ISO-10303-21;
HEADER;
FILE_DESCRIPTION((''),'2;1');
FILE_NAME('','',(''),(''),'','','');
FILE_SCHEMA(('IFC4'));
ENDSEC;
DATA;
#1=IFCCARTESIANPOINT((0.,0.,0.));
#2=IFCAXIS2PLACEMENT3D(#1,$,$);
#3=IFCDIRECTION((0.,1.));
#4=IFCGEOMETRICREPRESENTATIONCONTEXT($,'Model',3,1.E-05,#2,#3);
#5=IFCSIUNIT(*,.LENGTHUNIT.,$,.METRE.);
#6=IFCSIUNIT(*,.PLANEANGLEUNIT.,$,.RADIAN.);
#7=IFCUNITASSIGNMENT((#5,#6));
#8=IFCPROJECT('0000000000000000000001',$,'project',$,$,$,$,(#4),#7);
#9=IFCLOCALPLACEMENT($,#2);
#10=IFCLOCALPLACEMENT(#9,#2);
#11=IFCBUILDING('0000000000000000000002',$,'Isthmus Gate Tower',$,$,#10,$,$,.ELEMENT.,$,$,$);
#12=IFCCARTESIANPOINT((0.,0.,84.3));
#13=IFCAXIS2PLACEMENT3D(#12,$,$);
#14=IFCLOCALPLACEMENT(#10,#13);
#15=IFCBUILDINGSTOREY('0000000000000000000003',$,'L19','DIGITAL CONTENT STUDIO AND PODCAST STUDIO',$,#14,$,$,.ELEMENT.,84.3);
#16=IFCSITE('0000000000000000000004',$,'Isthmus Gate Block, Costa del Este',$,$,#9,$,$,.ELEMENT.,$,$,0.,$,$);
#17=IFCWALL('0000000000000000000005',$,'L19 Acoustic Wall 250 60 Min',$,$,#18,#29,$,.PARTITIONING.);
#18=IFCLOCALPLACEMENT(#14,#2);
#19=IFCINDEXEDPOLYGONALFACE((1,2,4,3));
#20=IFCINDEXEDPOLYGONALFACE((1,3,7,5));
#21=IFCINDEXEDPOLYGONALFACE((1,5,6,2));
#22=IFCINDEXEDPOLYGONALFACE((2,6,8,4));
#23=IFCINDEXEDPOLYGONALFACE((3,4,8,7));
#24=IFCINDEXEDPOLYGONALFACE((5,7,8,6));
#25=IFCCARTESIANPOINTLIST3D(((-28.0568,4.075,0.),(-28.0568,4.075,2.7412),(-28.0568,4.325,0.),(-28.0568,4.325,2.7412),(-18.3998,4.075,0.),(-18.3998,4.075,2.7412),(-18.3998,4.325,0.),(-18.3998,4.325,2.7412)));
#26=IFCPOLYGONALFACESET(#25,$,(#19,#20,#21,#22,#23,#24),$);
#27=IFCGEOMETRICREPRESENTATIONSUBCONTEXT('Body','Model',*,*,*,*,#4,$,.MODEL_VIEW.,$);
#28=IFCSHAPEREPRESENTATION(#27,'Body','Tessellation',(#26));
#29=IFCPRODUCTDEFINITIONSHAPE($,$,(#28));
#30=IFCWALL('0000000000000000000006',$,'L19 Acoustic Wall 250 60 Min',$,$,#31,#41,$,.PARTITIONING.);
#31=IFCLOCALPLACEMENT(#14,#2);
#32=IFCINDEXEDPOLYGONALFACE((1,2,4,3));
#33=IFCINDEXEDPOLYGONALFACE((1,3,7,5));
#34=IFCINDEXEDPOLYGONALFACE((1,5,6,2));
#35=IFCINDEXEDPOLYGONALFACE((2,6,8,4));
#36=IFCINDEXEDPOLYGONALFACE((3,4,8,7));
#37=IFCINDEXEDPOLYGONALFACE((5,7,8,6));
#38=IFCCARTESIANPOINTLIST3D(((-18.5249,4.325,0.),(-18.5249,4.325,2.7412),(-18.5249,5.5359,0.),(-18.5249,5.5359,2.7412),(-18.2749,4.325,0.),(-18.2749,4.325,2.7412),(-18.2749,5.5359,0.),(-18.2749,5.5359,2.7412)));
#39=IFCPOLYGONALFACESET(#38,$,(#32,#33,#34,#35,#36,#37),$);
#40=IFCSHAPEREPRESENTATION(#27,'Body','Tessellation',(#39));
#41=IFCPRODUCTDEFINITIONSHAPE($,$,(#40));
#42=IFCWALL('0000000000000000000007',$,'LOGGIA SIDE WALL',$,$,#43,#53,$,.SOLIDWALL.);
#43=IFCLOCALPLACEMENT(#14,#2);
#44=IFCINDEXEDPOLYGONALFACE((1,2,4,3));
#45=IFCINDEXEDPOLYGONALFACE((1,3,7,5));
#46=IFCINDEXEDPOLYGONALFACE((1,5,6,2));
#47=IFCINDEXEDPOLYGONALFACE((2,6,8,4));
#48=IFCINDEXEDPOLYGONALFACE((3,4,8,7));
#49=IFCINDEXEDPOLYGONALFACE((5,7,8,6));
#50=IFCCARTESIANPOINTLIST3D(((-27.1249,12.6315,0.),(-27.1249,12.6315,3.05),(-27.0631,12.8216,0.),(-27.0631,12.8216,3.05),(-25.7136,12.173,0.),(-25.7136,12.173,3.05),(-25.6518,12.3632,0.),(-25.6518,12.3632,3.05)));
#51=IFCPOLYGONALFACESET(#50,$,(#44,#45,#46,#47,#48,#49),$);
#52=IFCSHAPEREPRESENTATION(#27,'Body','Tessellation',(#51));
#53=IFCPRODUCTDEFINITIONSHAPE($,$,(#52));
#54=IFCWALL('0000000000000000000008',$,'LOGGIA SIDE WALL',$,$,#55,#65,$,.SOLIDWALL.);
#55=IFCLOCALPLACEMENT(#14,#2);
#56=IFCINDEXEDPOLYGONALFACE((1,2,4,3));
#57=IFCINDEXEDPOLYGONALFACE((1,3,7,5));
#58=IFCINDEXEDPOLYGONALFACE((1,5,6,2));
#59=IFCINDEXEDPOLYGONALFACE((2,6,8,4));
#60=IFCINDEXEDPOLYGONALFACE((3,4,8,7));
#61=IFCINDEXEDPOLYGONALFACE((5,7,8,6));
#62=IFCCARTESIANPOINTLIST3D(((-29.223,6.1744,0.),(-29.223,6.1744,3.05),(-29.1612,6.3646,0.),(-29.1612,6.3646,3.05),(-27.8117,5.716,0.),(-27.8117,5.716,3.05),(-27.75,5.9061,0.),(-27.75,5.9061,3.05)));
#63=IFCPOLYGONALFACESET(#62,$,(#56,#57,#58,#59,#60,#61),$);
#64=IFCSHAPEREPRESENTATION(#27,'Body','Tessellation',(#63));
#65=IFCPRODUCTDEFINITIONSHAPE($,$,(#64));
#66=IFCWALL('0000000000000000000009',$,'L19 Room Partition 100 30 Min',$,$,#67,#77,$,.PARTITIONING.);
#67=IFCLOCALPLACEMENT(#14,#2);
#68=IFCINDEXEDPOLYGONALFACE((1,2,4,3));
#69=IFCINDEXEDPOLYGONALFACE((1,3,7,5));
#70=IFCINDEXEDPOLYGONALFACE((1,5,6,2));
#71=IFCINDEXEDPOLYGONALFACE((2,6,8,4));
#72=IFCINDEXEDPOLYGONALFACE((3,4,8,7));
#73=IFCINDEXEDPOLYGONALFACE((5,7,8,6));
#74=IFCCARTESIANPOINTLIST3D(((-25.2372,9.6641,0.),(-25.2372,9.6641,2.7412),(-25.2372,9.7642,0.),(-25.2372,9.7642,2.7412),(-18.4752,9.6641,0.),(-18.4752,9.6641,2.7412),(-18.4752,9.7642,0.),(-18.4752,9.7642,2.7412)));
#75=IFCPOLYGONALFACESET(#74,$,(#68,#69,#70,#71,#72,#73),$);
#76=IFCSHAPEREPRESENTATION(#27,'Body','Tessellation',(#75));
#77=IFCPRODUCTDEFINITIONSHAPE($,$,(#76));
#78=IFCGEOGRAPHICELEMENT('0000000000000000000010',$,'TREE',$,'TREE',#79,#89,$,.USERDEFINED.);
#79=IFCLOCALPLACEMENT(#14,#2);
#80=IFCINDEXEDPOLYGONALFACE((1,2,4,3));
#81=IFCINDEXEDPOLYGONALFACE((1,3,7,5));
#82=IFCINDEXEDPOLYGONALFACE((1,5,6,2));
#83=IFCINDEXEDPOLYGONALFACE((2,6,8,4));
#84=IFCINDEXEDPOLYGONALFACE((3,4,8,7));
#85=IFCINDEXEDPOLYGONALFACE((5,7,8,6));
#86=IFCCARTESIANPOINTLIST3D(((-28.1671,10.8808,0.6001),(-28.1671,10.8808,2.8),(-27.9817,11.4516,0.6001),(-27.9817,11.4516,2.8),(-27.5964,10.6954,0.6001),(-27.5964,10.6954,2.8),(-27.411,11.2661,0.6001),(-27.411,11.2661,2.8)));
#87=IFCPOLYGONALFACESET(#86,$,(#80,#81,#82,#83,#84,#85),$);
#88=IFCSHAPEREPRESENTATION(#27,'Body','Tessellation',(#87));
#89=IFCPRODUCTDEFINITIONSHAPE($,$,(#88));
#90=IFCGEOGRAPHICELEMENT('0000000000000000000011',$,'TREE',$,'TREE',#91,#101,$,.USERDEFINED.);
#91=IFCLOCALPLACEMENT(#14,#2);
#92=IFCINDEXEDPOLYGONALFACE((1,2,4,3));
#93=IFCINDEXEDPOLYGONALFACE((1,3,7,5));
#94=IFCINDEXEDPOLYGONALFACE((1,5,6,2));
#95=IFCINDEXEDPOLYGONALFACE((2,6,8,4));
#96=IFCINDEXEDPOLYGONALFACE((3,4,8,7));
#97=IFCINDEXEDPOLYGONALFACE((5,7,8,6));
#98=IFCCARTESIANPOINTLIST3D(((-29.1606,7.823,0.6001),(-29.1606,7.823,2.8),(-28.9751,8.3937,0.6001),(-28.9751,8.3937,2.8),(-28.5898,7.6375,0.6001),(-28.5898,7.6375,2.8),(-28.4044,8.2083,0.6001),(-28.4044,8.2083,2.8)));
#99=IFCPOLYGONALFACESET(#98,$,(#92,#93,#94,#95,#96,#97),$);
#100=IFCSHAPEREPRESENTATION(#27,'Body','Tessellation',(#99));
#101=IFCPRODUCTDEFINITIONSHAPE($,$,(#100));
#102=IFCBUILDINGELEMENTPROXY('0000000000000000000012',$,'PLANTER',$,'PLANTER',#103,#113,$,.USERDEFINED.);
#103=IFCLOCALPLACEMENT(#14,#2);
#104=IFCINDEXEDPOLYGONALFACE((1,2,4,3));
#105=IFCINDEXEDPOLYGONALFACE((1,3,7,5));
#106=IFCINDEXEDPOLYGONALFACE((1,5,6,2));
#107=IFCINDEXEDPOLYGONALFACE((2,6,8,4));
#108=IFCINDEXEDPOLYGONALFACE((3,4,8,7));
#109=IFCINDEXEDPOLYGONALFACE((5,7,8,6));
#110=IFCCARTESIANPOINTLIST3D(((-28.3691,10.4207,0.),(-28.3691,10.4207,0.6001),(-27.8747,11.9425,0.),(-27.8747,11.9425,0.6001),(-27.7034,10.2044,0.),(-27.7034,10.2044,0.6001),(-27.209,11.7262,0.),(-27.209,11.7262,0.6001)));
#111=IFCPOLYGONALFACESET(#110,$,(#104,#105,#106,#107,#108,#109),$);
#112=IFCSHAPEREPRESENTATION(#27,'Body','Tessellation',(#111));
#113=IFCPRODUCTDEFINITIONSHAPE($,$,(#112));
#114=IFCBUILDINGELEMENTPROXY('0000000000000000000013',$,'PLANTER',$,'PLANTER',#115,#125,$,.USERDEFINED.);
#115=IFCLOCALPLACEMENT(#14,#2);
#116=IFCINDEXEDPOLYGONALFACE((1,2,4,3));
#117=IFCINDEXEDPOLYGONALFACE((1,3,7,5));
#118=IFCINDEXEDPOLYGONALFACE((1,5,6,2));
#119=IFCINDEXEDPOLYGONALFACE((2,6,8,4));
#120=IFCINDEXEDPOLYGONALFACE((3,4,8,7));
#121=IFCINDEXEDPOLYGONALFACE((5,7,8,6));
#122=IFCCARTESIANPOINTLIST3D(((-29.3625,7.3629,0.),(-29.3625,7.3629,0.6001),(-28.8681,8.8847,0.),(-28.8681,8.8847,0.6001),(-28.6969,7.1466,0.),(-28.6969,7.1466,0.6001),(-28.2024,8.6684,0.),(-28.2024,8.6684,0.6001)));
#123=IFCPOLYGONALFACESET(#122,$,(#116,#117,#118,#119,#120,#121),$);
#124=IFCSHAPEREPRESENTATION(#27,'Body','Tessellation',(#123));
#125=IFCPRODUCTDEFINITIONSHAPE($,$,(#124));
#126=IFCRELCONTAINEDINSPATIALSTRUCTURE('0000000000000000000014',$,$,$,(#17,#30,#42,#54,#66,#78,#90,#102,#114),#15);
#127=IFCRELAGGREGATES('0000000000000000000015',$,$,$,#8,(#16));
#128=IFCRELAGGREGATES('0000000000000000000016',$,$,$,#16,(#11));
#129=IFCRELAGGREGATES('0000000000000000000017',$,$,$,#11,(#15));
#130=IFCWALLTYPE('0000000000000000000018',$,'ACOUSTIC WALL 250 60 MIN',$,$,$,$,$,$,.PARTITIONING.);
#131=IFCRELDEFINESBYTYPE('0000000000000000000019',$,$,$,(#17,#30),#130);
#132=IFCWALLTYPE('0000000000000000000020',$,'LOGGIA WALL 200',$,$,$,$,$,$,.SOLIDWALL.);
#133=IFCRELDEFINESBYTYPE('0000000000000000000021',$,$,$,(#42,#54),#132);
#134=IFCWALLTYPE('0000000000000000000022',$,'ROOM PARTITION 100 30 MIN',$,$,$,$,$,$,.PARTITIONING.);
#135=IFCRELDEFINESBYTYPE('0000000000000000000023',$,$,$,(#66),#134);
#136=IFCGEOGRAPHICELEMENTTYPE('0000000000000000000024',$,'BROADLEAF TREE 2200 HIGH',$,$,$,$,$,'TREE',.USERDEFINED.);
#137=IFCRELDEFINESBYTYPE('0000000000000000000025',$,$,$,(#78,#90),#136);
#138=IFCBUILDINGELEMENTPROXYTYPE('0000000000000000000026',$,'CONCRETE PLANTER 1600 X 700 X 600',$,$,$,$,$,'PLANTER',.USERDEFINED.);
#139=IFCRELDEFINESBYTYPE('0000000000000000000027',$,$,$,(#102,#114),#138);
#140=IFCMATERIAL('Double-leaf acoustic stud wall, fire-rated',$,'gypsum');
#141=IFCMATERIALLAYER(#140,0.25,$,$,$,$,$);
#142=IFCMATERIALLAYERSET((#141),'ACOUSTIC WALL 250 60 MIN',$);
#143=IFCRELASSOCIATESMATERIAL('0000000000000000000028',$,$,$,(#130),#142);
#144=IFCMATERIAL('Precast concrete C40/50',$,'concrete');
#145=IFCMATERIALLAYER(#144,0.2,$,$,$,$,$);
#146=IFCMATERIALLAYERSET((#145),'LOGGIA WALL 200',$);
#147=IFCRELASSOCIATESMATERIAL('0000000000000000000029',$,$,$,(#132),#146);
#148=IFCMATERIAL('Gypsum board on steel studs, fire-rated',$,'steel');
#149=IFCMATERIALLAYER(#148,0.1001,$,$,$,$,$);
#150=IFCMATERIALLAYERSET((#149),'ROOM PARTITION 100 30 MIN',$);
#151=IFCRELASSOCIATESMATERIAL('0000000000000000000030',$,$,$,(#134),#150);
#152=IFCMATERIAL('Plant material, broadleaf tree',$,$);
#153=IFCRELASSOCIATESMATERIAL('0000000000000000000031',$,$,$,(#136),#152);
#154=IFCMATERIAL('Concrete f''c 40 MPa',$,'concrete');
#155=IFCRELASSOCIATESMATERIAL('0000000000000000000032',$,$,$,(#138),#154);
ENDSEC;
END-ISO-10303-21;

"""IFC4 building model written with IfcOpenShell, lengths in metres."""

from ifc_helpers import new_model, si_unit, direction, frame, frame_2d, origin, origin_2d, place, context, subcontext, project, spatial, rectangle, extrude, material, layer, layer_set, type_object, element, save


model = new_model("IFC4")

# Units and contexts
model_context = context("Model", 3, precision=1e-05, world=origin(), true_north=direction((0.0, 1.0)))
body_context = subcontext(model_context, "Body", "Model", "MODEL_VIEW")
ifc_project = project(units=[si_unit("LENGTHUNIT", "METRE"), si_unit("PLANEANGLEUNIT", "RADIAN")], contexts=[model_context])

# Site, building, storey
site_placement = place(None, origin())
site = spatial("IfcSite", under=ifc_project, at=site_placement, Name="Isthmus Gate Block, Costa del Este", CompositionType="ELEMENT", RefElevation=0.0)
building_placement = place(site_placement, origin())
building = spatial("IfcBuilding", under=site, at=building_placement, Name="Isthmus Gate Tower", CompositionType="ELEMENT")
storey_placement = place(building_placement, frame((0.0, 0.0, 84.3)))
storey = spatial("IfcBuildingStorey", under=building, at=storey_placement, Name="L19", Description="DIGITAL CONTENT STUDIO AND PODCAST STUDIO", CompositionType="ELEMENT", Elevation=84.3)

# Walls
ifc_material_1 = material(Name="Double-leaf acoustic stud wall, fire-rated", Category="gypsum")
ifc_layer_1 = layer(ifc_material_1, 0.25)
ifc_layer_set_1 = layer_set([ifc_layer_1], Name="ACOUSTIC WALL 250 60 MIN")
wall_type_1 = type_object("IfcWallType", Name="ACOUSTIC WALL 250 60 MIN", PredefinedType="PARTITIONING", material=ifc_layer_set_1)
wall_1_placement = place(storey_placement, frame((-28.0569, 4.2, 0.0), z_axis=(0.0, 0.0, 1.0), x_axis=(1.0, 0.0, 0.0)))
element("IfcWall", 1, at=wall_1_placement, inside=storey, type_object=wall_type_1, Name="L19 Acoustic Wall 250 60 Min", PredefinedType="PARTITIONING", context=body_context, shape_type="SweptSolid", body=[
    extrude(rectangle(XDim=9.657, YDim=0.25, at=frame_2d((4.8286, 0.0))), origin(), (0.0, 0.0, 1.0), 2.7412),
])
wall_2_placement = place(storey_placement, frame((-18.3999, 4.325, 0.0), z_axis=(0.0, 0.0, 1.0), x_axis=(0.0, 1.0, 0.0)))
element("IfcWall", 2, at=wall_2_placement, inside=storey, type_object=wall_type_1, Name="L19 Acoustic Wall 250 60 Min", PredefinedType="PARTITIONING", context=body_context, shape_type="SweptSolid", body=[
    extrude(rectangle(XDim=1.2109, YDim=0.25, at=frame_2d((0.6055, 0.0))), origin(), (0.0, 0.0, 1.0), 2.7412),
])

# Shared definitions
ifc_material_2 = material(Name="Precast concrete C40/50", Category="concrete")
ifc_layer_2 = layer(ifc_material_2, 0.2)
ifc_layer_set_2 = layer_set([ifc_layer_2], Name="LOGGIA WALL 200")
wall_type_2 = type_object("IfcWallType", Name="LOGGIA WALL 200", PredefinedType="SOLIDWALL", material=ifc_layer_set_2)

# Walls
for number, where, z_axis, x_axis, name in (
    (3, (-27.094, 12.7266, 0.0), (0.0, 0.0, 1.0), (0.951074, -0.308963, 0.0), "LOGGIA SIDE WALL"),
    (4, (-29.1921, 6.2695, 0.0), (0.0, 0.0, 1.0), (0.951074, -0.308963, 0.0), "LOGGIA SIDE WALL"),
):
    element("IfcWall", number, at=place(storey_placement, frame(where, z_axis=z_axis, x_axis=x_axis)), inside=storey, type_object=wall_type_2, Name=name, PredefinedType="SOLIDWALL", context=body_context, shape_type="SweptSolid", body=[
        extrude(rectangle(XDim=1.4839, YDim=0.2, at=frame_2d((0.7419, 0.0))), origin(), (0.0, 0.0, 1.0), 3.05),
    ])
ifc_material_3 = material(Name="Gypsum board on steel studs, fire-rated", Category="steel")
ifc_layer_3 = layer(ifc_material_3, 0.1001)
ifc_layer_set_3 = layer_set([ifc_layer_3], Name="ROOM PARTITION 100 30 MIN")
wall_type_3 = type_object("IfcWallType", Name="ROOM PARTITION 100 30 MIN", PredefinedType="PARTITIONING", material=ifc_layer_set_3)
wall_3_placement = place(storey_placement, frame((-25.2371, 9.7141, 0.0), z_axis=(0.0, 0.0, 1.0), x_axis=(1.0, 0.0, 0.0)))
element("IfcWall", 5, at=wall_3_placement, inside=storey, type_object=wall_type_3, Name="L19 Room Partition 100 30 Min", PredefinedType="PARTITIONING", context=body_context, shape_type="SweptSolid", body=[
    extrude(rectangle(XDim=6.762, YDim=0.1001, at=frame_2d((3.3809, 0.0))), origin(), (0.0, 0.0, 1.0), 2.7412),
])

# Geographic elements
ifc_material_4 = material(Name="Plant material, broadleaf tree")
geographic_element_type = type_object("IfcGeographicElementType", Name="BROADLEAF TREE 2200 HIGH", ElementType="TREE", PredefinedType="USERDEFINED", material=ifc_material_4)
for number, where, z_axis, x_axis, name in (
    (6, (-27.7891, 11.0735, 0.6001), (0.0, 0.0, 1.0), (-0.309017, -0.951057, 0.0), "TREE"),
    (7, (-28.7825, 8.0156, 0.6001), (0.0, 0.0, 1.0), (-0.309017, -0.951057, 0.0), "TREE"),
):
    element("IfcGeographicElement", number, at=place(storey_placement, frame(where, z_axis=z_axis, x_axis=x_axis)), inside=storey, type_object=geographic_element_type, Name=name, ObjectType="TREE", PredefinedType="USERDEFINED", context=body_context, shape_type="SweptSolid", body=[
        extrude(rectangle(XDim=0.6001, YDim=0.6001, at=origin_2d()), origin(), (0.0, 0.0, 1.0), 2.2),
    ])

# Building element proxies
ifc_material_5 = material(Name="Concrete f'c 40 MPa", Category="concrete")
building_element_proxy_type = type_object("IfcBuildingElementProxyType", Name="CONCRETE PLANTER 1600 X 700 X 600", ElementType="PLANTER", PredefinedType="USERDEFINED", material=ifc_material_5)
for number, where, z_axis, x_axis, name in (
    (8, (-27.7891, 11.0735, 0.0), (0.0, 0.0, 1.0), (-0.309017, -0.951057, 0.0), "PLANTER"),
    (9, (-28.7825, 8.0156, 0.0), (0.0, 0.0, 1.0), (-0.309017, -0.951057, 0.0), "PLANTER"),
):
    element("IfcBuildingElementProxy", number, at=place(storey_placement, frame(where, z_axis=z_axis, x_axis=x_axis)), inside=storey, type_object=building_element_proxy_type, Name=name, ObjectType="PLANTER", PredefinedType="USERDEFINED", context=body_context, shape_type="SweptSolid", body=[
        extrude(rectangle(XDim=1.6001, YDim=0.7, at=origin_2d()), origin(), (0.0, 0.0, 1.0), 0.6001),
    ])

save(model, "model.ifc")
